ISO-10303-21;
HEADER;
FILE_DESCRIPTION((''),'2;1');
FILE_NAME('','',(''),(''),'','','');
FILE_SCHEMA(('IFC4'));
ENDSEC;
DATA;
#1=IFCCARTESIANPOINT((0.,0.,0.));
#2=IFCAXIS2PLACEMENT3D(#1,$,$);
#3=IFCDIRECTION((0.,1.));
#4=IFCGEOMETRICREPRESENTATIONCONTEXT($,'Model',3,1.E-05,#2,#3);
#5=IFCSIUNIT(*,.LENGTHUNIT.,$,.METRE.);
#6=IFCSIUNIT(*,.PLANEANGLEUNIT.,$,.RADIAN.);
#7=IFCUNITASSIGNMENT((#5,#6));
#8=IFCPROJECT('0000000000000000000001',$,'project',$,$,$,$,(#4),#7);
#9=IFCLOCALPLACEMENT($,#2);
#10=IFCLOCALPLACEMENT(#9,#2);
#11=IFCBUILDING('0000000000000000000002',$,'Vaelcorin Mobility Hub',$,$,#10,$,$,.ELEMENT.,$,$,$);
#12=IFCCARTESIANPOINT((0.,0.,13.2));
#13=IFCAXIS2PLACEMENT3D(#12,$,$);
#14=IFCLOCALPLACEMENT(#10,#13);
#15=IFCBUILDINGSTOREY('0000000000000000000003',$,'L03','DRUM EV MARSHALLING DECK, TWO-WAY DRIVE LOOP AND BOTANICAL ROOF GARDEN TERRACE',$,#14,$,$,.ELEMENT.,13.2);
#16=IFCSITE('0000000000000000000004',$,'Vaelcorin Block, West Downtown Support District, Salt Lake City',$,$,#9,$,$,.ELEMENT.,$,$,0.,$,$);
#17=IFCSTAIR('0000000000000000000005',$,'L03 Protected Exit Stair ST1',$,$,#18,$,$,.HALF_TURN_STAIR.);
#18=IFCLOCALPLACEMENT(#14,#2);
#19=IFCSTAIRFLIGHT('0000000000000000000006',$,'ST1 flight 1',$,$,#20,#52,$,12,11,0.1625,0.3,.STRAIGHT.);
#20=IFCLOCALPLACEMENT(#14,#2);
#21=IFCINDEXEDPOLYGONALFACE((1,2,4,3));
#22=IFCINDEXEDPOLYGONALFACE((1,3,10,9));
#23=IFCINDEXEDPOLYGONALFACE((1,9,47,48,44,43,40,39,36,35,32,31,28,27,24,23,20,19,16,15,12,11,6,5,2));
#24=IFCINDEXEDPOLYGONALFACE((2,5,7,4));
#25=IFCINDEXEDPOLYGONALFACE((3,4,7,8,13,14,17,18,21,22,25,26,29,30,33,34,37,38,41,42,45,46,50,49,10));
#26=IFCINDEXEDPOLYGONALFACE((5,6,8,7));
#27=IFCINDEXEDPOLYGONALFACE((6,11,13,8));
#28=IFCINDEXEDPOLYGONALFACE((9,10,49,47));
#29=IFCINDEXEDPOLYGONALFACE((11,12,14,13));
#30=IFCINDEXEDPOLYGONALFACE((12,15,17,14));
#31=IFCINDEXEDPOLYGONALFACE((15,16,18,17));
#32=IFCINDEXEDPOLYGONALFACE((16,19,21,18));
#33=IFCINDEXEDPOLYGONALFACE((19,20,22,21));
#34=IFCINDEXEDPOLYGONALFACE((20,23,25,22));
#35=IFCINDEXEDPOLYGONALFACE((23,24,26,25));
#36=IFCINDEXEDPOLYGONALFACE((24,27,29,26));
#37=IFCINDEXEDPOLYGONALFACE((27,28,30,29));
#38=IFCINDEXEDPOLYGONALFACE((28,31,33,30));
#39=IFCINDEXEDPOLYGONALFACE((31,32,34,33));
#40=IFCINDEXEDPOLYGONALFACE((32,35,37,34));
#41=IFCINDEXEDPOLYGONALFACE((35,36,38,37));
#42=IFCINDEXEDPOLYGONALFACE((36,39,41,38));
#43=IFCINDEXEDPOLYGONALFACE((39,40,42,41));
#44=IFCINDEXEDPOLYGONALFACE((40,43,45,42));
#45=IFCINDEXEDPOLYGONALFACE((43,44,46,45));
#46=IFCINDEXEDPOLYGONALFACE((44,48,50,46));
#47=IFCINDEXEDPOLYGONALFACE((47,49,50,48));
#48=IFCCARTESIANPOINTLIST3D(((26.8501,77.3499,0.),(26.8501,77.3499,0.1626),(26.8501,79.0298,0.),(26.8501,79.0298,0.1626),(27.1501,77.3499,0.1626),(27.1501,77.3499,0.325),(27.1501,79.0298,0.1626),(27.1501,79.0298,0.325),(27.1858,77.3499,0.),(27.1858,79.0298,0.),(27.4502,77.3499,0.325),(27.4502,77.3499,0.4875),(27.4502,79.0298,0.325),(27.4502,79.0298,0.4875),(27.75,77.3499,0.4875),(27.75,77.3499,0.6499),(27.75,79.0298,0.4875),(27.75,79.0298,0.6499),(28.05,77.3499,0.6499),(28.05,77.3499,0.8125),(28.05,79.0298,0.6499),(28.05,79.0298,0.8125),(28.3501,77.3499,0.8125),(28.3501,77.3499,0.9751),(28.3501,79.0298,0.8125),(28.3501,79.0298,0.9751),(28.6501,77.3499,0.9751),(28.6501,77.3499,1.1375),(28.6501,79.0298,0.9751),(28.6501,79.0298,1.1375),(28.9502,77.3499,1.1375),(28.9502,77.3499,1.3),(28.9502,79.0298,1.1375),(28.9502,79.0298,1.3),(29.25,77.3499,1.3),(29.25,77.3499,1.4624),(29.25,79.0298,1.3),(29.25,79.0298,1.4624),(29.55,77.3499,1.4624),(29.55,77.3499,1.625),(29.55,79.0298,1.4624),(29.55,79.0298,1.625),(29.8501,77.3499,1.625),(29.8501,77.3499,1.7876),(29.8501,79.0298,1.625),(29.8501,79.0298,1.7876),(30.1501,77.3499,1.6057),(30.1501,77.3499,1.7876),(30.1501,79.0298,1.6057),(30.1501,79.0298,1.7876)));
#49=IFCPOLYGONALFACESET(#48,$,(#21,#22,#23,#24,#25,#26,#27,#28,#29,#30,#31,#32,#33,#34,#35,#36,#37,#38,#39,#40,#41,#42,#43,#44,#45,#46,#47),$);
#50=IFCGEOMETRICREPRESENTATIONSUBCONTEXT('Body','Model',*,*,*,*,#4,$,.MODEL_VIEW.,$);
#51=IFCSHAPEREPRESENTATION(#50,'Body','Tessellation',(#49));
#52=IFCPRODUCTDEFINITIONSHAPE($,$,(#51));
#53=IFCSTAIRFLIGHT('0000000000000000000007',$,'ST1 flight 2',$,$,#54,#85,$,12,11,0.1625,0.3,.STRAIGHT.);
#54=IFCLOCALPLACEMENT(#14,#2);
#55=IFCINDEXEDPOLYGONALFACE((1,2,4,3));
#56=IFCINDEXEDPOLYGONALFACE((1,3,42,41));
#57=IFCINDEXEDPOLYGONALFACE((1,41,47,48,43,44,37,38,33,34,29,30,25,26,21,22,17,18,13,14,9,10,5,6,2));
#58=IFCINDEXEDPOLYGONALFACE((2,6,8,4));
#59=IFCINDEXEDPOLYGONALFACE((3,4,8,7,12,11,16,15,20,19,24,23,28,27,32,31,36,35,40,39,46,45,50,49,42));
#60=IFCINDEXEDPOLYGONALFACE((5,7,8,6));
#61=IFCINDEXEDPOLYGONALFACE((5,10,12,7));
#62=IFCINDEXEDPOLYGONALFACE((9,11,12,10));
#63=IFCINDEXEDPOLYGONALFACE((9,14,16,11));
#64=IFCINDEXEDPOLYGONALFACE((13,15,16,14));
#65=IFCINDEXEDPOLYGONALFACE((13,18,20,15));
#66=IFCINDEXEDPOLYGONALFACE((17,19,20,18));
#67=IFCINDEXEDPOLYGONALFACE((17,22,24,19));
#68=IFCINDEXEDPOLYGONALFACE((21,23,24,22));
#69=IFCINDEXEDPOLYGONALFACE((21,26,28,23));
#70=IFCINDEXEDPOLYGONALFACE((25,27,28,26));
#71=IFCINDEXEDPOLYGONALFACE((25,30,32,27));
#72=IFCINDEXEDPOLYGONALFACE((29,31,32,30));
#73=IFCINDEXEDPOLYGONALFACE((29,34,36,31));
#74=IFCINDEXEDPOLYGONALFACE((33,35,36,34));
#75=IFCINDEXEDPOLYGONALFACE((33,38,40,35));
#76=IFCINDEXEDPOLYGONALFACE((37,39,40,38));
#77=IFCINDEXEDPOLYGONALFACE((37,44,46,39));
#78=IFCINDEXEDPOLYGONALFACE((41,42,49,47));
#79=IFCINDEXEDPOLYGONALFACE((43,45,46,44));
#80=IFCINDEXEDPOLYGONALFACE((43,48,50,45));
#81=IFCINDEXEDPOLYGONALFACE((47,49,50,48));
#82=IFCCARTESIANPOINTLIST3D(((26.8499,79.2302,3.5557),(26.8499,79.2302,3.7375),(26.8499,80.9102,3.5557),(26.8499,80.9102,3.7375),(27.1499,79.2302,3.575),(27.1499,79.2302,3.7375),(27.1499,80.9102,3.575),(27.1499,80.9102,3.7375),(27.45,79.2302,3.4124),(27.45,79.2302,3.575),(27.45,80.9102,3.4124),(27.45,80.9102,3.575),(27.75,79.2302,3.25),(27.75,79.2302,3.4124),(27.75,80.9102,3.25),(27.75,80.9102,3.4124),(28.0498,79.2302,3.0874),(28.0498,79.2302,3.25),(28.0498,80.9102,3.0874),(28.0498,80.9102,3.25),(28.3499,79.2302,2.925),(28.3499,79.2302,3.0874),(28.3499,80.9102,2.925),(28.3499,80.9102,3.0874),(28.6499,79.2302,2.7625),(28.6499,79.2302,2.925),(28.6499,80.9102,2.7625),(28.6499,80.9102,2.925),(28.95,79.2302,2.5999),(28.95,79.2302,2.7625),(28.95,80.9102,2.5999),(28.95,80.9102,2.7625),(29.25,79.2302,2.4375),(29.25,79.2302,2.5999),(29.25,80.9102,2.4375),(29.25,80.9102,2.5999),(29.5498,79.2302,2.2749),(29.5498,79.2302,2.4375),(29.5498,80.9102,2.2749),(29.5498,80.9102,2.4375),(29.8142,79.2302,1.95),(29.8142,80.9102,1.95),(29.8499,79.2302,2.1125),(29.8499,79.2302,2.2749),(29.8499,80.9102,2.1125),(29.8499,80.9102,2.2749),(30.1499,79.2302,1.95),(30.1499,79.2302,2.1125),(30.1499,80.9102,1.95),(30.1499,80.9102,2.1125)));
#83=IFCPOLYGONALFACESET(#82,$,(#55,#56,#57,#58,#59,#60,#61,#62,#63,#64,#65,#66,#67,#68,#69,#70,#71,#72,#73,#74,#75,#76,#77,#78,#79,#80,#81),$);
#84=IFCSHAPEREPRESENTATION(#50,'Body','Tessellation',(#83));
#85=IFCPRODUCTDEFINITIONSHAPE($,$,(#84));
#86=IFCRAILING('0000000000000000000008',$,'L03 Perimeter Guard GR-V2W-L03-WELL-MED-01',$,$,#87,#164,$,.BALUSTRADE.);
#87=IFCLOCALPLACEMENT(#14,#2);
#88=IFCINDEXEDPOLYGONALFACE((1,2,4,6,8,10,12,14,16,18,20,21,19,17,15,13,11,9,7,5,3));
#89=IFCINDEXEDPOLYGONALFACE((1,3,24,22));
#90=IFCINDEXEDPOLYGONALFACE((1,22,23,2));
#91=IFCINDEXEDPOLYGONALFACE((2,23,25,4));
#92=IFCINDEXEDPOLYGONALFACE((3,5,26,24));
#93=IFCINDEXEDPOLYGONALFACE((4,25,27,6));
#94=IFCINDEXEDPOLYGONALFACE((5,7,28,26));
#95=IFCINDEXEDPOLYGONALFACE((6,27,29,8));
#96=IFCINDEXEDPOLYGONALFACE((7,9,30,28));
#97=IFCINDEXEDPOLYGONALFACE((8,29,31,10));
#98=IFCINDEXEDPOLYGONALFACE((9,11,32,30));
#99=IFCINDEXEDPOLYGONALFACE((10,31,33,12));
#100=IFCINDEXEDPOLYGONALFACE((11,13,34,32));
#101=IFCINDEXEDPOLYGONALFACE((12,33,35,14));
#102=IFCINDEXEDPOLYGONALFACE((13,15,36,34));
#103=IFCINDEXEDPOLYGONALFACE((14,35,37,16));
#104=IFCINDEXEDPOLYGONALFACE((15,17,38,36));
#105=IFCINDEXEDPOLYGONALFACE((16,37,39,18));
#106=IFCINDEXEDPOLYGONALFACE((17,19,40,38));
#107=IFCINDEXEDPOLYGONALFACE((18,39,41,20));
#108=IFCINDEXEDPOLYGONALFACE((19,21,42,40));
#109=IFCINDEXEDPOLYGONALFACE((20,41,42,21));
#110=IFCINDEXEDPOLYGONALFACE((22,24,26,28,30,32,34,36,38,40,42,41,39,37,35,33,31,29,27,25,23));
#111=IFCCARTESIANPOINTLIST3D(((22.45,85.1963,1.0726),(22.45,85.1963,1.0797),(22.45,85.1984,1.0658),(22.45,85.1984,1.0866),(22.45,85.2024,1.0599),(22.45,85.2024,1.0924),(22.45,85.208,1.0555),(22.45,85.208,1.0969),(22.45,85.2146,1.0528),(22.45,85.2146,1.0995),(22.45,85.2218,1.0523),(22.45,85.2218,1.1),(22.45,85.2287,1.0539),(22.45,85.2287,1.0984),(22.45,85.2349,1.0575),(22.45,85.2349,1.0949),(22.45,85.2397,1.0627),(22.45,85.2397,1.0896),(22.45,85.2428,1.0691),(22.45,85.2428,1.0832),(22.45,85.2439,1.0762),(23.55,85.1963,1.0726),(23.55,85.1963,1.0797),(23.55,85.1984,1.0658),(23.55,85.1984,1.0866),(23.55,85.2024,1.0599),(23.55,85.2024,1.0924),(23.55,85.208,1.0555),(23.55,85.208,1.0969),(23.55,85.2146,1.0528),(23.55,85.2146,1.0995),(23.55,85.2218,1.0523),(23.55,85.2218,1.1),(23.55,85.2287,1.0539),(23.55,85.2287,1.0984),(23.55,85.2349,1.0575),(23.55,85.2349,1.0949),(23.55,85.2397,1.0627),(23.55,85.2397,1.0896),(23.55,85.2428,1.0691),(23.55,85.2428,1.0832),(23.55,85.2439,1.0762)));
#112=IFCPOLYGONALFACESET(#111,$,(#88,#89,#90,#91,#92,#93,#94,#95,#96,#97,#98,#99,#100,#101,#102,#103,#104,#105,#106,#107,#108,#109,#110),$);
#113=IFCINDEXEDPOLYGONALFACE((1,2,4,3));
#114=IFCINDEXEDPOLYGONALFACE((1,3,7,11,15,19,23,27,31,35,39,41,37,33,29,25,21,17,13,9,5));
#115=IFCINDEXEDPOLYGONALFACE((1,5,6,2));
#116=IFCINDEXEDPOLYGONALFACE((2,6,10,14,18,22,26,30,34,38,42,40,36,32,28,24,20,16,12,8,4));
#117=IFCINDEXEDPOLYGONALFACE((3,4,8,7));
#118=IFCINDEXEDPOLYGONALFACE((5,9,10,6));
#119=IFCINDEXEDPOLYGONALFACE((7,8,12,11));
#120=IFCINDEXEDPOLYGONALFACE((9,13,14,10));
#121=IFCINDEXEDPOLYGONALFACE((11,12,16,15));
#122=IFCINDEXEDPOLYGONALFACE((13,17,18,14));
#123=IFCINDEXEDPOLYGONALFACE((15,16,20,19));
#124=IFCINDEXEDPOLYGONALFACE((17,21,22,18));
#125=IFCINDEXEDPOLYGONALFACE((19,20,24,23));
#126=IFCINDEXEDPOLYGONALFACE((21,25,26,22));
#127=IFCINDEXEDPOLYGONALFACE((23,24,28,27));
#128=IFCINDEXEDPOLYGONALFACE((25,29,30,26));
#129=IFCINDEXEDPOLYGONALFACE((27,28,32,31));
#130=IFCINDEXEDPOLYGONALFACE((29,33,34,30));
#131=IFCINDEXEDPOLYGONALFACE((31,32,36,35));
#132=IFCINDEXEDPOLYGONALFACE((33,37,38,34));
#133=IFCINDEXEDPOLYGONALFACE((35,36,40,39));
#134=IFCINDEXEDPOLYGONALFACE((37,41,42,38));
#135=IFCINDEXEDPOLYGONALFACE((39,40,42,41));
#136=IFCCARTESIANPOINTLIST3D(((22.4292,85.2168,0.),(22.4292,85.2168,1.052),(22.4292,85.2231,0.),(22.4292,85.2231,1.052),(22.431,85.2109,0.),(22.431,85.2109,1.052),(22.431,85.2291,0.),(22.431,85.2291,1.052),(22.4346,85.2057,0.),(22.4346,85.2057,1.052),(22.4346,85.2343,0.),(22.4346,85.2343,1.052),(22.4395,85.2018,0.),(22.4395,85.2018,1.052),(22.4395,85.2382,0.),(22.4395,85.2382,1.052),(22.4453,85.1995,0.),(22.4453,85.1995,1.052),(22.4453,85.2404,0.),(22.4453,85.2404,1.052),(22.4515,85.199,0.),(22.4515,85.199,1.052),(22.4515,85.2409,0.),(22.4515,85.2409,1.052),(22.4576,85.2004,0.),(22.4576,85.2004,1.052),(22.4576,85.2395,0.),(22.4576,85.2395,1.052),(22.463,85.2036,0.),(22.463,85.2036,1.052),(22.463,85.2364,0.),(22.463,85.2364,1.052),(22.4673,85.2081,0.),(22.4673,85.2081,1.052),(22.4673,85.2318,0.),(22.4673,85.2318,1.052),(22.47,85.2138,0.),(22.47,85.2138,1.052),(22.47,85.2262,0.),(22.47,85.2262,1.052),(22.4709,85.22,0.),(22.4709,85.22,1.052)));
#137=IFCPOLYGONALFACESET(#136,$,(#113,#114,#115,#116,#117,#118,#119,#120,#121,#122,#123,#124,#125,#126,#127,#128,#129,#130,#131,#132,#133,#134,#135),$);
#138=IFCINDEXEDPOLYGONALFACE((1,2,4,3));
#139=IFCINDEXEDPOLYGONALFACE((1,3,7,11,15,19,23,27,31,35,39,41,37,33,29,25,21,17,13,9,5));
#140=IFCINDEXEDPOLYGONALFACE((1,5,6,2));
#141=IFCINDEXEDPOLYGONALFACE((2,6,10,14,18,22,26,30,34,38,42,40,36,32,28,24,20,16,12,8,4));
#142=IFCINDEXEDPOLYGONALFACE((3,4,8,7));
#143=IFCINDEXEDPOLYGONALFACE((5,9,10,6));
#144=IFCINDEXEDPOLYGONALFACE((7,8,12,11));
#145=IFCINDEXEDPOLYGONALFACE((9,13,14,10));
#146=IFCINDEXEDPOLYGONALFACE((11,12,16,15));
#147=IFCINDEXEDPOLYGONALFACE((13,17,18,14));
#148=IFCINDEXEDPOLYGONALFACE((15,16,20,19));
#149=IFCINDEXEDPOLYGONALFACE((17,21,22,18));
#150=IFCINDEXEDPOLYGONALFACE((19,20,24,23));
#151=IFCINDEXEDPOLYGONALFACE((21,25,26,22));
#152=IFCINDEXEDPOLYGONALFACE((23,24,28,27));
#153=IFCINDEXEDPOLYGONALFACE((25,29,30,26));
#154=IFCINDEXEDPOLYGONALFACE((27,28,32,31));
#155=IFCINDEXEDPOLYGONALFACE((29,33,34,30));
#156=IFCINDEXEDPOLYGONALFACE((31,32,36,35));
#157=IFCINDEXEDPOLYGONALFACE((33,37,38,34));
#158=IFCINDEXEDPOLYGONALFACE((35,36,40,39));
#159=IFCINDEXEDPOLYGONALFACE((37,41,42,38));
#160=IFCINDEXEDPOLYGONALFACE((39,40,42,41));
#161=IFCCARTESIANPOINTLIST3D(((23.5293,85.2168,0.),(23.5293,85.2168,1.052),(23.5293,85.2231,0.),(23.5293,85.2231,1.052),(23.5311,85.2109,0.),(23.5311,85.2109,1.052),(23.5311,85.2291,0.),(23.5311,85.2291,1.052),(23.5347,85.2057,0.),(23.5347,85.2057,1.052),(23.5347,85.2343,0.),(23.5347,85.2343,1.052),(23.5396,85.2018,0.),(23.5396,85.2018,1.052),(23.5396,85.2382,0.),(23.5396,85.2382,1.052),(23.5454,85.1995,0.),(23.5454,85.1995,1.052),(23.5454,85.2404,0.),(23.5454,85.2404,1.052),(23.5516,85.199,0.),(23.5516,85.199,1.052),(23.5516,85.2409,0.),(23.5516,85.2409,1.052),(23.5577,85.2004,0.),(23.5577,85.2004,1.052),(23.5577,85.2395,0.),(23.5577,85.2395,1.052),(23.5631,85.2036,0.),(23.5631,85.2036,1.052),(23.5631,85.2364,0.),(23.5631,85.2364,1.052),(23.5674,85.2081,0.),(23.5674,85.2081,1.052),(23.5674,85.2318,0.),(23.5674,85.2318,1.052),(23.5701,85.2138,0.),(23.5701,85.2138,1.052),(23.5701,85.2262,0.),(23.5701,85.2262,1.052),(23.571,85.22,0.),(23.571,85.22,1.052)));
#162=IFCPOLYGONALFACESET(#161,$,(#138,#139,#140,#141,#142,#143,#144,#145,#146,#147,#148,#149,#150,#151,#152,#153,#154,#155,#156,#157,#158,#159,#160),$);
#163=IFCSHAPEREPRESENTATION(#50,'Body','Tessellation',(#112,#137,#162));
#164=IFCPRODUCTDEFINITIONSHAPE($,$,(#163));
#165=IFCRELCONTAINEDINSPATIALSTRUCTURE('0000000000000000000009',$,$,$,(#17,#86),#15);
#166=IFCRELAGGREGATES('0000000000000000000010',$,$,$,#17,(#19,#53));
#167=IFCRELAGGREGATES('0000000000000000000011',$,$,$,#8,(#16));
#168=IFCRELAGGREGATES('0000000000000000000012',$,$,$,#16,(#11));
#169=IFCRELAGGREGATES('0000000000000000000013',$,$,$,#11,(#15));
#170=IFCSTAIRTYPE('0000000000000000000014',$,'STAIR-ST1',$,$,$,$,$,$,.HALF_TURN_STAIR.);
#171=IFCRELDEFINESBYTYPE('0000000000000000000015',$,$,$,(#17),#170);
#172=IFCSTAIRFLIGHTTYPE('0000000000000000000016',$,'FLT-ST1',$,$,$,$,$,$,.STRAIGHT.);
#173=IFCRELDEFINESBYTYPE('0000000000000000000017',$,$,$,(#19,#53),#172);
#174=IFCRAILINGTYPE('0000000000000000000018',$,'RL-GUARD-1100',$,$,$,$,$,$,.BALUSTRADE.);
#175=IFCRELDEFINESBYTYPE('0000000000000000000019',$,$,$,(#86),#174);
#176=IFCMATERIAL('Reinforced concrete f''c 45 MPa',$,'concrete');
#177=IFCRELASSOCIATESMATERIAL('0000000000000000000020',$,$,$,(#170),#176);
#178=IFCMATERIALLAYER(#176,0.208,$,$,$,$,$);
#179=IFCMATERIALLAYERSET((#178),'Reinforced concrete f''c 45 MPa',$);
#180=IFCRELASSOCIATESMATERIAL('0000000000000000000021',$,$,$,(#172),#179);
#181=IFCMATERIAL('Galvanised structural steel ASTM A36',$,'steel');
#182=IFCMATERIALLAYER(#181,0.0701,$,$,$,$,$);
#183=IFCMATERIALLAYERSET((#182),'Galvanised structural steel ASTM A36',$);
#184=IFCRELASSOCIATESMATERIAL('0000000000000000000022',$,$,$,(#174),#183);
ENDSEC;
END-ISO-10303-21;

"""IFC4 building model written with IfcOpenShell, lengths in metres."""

from ifc_helpers import new_model, si_unit, direction, frame, origin, origin_2d, place, context, subcontext, project, spatial, polyline, circle, outline, extrude, material, layer, layer_set, type_object, element, aggregate, save


model = new_model("IFC4")

# Units and contexts
model_context = context("Model", 3, precision=1e-05, world=origin(), true_north=direction((0.0, 1.0)))
body_context = subcontext(model_context, "Body", "Model", "MODEL_VIEW")
ifc_project = project(units=[si_unit("LENGTHUNIT", "METRE"), si_unit("PLANEANGLEUNIT", "RADIAN")], contexts=[model_context])

# Site, building, storey
site_placement = place(None, origin())
site = spatial("IfcSite", under=ifc_project, at=site_placement, Name="Vaelcorin Block, West Downtown Support District, Salt Lake City", CompositionType="ELEMENT", RefElevation=0.0)
building_placement = place(site_placement, origin())
building = spatial("IfcBuilding", under=site, at=building_placement, Name="Vaelcorin Mobility Hub", CompositionType="ELEMENT")
storey_placement = place(building_placement, frame((0.0, 0.0, 13.2)))
storey = spatial("IfcBuildingStorey", under=building, at=storey_placement, Name="L03", Description="DRUM EV MARSHALLING DECK, TWO-WAY DRIVE LOOP AND BOTANICAL ROOF GARDEN TERRACE", CompositionType="ELEMENT", Elevation=13.2)

# Shared definitions
ifc_material_1 = material(Name="Reinforced concrete f'c 45 MPa", Category="concrete")

# Stair, stair flights
stair_type = type_object("IfcStairType", Name="STAIR-ST1", PredefinedType="HALF_TURN_STAIR", material=ifc_material_1)
stair_placement = place(storey_placement, origin())
stair = element("IfcStair", 1, at=stair_placement, inside=storey, type_object=stair_type, Name="L03 Protected Exit Stair ST1", PredefinedType="HALF_TURN_STAIR")
ifc_layer_1 = layer(ifc_material_1, 0.208)
ifc_layer_set_1 = layer_set([ifc_layer_1], Name="Reinforced concrete f'c 45 MPa")
stair_flight_type = type_object("IfcStairFlightType", Name="FLT-ST1", PredefinedType="STRAIGHT", material=ifc_layer_set_1)
stair_flight_1_placement = place(storey_placement, frame((26.8501, 78.1899, 0.0), z_axis=(0.0, 0.0, 1.0), x_axis=(1.0, 0.0, 0.0)))
stair_flight_1 = element("IfcStairFlight", 2, at=stair_flight_1_placement, type_object=stair_flight_type, Name="ST1 flight 1", NumberOfRisers=12, NumberOfTreads=11, PredefinedType="STRAIGHT", RiserHeight=0.1625, TreadLength=0.3, context=body_context, shape_type="SweptSolid", body=[
    extrude(outline(polyline([(0.0, 0.0), (0.0, 0.1626), (0.3, 0.1626), (0.3, 0.325), (0.6001, 0.325), (0.6001, 0.4875), (0.8999, 0.4875), (0.8999, 0.6499), (1.2, 0.6499), (1.2, 0.8125), (1.5, 0.8125), (1.5, 0.9751), (1.8, 0.9751), (1.8, 1.1375), (2.1001, 1.1375), (2.1001, 1.3), (2.3999, 1.3), (2.3999, 1.4624), (2.7, 1.4624), (2.7, 1.625), (3.0, 1.625), (3.0, 1.7876), (3.3, 1.7876), (3.3, 1.95), (3.3, 1.6057), (0.3357, 0.0), (0.0, 0.0)])), frame((0.0, 0.8398, 0.0), z_axis=(0.0, -1.0, 0.0), x_axis=(1.0, 0.0, 0.0)), (0.0, 0.0, 1.0), 1.6799),
])
stair_flight_2_placement = place(storey_placement, frame((30.1499, 80.0701, 1.95), z_axis=(0.0, 0.0, 1.0), x_axis=(-1.0, 0.0, 0.0)))
stair_flight_2 = element("IfcStairFlight", 3, at=stair_flight_2_placement, type_object=stair_flight_type, Name="ST1 flight 2", NumberOfRisers=12, NumberOfTreads=11, PredefinedType="STRAIGHT", RiserHeight=0.1625, TreadLength=0.3, context=body_context, shape_type="SweptSolid", body=[
    extrude(outline(polyline([(0.0, 0.0), (0.0, 0.1626), (0.3, 0.1626), (0.3, 0.325), (0.6001, 0.325), (0.6001, 0.4875), (0.8999, 0.4875), (0.8999, 0.6499), (1.2, 0.6499), (1.2, 0.8125), (1.5, 0.8125), (1.5, 0.9751), (1.8, 0.9751), (1.8, 1.1375), (2.1001, 1.1375), (2.1001, 1.3), (2.3999, 1.3), (2.3999, 1.4624), (2.7, 1.4624), (2.7, 1.625), (3.0, 1.625), (3.0, 1.7876), (3.3, 1.7876), (3.3, 1.95), (3.3, 1.6057), (0.3357, 0.0), (0.0, 0.0)])), frame((0.0, 0.8398, 0.0), z_axis=(0.0, -1.0, 0.0), x_axis=(1.0, 0.0, 0.0)), (0.0, 0.0, 1.0), 1.6799),
])
aggregate(stair, [stair_flight_1, stair_flight_2])

# Railing
ifc_material_2 = material(Name="Galvanised structural steel ASTM A36", Category="steel")
ifc_layer_2 = layer(ifc_material_2, 0.0701)
ifc_layer_set_2 = layer_set([ifc_layer_2], Name="Galvanised structural steel ASTM A36")
railing_type_1 = type_object("IfcRailingType", Name="RL-GUARD-1100", PredefinedType="BALUSTRADE", material=ifc_layer_set_2)
railing_1_placement = place(storey_placement, frame((22.45, 85.22, 0.0)))
element("IfcRailing", 4, at=railing_1_placement, inside=storey, type_object=railing_type_1, Name="L03 Perimeter Guard GR-V2W-L03-WELL-MED-01", PredefinedType="BALUSTRADE", context=body_context, shape_type="SweptSolid", body=[
    extrude(circle(Radius=0.0239, at=origin_2d()), frame((0.0, 0.0, 1.0762), z_axis=(1.0, 0.0, 0.0), x_axis=(0.0, 1.0, 0.0)), (0.0, 0.0, 1.0), 1.1001),
    extrude(circle(Radius=0.021, at=origin_2d()), origin(), (0.0, 0.0, 1.0), 1.052),
    extrude(circle(Radius=0.021, at=origin_2d()), frame((1.1001, 0.0, 0.0)), (0.0, 0.0, 1.0), 1.052),
])

save(model, "model.ifc")
